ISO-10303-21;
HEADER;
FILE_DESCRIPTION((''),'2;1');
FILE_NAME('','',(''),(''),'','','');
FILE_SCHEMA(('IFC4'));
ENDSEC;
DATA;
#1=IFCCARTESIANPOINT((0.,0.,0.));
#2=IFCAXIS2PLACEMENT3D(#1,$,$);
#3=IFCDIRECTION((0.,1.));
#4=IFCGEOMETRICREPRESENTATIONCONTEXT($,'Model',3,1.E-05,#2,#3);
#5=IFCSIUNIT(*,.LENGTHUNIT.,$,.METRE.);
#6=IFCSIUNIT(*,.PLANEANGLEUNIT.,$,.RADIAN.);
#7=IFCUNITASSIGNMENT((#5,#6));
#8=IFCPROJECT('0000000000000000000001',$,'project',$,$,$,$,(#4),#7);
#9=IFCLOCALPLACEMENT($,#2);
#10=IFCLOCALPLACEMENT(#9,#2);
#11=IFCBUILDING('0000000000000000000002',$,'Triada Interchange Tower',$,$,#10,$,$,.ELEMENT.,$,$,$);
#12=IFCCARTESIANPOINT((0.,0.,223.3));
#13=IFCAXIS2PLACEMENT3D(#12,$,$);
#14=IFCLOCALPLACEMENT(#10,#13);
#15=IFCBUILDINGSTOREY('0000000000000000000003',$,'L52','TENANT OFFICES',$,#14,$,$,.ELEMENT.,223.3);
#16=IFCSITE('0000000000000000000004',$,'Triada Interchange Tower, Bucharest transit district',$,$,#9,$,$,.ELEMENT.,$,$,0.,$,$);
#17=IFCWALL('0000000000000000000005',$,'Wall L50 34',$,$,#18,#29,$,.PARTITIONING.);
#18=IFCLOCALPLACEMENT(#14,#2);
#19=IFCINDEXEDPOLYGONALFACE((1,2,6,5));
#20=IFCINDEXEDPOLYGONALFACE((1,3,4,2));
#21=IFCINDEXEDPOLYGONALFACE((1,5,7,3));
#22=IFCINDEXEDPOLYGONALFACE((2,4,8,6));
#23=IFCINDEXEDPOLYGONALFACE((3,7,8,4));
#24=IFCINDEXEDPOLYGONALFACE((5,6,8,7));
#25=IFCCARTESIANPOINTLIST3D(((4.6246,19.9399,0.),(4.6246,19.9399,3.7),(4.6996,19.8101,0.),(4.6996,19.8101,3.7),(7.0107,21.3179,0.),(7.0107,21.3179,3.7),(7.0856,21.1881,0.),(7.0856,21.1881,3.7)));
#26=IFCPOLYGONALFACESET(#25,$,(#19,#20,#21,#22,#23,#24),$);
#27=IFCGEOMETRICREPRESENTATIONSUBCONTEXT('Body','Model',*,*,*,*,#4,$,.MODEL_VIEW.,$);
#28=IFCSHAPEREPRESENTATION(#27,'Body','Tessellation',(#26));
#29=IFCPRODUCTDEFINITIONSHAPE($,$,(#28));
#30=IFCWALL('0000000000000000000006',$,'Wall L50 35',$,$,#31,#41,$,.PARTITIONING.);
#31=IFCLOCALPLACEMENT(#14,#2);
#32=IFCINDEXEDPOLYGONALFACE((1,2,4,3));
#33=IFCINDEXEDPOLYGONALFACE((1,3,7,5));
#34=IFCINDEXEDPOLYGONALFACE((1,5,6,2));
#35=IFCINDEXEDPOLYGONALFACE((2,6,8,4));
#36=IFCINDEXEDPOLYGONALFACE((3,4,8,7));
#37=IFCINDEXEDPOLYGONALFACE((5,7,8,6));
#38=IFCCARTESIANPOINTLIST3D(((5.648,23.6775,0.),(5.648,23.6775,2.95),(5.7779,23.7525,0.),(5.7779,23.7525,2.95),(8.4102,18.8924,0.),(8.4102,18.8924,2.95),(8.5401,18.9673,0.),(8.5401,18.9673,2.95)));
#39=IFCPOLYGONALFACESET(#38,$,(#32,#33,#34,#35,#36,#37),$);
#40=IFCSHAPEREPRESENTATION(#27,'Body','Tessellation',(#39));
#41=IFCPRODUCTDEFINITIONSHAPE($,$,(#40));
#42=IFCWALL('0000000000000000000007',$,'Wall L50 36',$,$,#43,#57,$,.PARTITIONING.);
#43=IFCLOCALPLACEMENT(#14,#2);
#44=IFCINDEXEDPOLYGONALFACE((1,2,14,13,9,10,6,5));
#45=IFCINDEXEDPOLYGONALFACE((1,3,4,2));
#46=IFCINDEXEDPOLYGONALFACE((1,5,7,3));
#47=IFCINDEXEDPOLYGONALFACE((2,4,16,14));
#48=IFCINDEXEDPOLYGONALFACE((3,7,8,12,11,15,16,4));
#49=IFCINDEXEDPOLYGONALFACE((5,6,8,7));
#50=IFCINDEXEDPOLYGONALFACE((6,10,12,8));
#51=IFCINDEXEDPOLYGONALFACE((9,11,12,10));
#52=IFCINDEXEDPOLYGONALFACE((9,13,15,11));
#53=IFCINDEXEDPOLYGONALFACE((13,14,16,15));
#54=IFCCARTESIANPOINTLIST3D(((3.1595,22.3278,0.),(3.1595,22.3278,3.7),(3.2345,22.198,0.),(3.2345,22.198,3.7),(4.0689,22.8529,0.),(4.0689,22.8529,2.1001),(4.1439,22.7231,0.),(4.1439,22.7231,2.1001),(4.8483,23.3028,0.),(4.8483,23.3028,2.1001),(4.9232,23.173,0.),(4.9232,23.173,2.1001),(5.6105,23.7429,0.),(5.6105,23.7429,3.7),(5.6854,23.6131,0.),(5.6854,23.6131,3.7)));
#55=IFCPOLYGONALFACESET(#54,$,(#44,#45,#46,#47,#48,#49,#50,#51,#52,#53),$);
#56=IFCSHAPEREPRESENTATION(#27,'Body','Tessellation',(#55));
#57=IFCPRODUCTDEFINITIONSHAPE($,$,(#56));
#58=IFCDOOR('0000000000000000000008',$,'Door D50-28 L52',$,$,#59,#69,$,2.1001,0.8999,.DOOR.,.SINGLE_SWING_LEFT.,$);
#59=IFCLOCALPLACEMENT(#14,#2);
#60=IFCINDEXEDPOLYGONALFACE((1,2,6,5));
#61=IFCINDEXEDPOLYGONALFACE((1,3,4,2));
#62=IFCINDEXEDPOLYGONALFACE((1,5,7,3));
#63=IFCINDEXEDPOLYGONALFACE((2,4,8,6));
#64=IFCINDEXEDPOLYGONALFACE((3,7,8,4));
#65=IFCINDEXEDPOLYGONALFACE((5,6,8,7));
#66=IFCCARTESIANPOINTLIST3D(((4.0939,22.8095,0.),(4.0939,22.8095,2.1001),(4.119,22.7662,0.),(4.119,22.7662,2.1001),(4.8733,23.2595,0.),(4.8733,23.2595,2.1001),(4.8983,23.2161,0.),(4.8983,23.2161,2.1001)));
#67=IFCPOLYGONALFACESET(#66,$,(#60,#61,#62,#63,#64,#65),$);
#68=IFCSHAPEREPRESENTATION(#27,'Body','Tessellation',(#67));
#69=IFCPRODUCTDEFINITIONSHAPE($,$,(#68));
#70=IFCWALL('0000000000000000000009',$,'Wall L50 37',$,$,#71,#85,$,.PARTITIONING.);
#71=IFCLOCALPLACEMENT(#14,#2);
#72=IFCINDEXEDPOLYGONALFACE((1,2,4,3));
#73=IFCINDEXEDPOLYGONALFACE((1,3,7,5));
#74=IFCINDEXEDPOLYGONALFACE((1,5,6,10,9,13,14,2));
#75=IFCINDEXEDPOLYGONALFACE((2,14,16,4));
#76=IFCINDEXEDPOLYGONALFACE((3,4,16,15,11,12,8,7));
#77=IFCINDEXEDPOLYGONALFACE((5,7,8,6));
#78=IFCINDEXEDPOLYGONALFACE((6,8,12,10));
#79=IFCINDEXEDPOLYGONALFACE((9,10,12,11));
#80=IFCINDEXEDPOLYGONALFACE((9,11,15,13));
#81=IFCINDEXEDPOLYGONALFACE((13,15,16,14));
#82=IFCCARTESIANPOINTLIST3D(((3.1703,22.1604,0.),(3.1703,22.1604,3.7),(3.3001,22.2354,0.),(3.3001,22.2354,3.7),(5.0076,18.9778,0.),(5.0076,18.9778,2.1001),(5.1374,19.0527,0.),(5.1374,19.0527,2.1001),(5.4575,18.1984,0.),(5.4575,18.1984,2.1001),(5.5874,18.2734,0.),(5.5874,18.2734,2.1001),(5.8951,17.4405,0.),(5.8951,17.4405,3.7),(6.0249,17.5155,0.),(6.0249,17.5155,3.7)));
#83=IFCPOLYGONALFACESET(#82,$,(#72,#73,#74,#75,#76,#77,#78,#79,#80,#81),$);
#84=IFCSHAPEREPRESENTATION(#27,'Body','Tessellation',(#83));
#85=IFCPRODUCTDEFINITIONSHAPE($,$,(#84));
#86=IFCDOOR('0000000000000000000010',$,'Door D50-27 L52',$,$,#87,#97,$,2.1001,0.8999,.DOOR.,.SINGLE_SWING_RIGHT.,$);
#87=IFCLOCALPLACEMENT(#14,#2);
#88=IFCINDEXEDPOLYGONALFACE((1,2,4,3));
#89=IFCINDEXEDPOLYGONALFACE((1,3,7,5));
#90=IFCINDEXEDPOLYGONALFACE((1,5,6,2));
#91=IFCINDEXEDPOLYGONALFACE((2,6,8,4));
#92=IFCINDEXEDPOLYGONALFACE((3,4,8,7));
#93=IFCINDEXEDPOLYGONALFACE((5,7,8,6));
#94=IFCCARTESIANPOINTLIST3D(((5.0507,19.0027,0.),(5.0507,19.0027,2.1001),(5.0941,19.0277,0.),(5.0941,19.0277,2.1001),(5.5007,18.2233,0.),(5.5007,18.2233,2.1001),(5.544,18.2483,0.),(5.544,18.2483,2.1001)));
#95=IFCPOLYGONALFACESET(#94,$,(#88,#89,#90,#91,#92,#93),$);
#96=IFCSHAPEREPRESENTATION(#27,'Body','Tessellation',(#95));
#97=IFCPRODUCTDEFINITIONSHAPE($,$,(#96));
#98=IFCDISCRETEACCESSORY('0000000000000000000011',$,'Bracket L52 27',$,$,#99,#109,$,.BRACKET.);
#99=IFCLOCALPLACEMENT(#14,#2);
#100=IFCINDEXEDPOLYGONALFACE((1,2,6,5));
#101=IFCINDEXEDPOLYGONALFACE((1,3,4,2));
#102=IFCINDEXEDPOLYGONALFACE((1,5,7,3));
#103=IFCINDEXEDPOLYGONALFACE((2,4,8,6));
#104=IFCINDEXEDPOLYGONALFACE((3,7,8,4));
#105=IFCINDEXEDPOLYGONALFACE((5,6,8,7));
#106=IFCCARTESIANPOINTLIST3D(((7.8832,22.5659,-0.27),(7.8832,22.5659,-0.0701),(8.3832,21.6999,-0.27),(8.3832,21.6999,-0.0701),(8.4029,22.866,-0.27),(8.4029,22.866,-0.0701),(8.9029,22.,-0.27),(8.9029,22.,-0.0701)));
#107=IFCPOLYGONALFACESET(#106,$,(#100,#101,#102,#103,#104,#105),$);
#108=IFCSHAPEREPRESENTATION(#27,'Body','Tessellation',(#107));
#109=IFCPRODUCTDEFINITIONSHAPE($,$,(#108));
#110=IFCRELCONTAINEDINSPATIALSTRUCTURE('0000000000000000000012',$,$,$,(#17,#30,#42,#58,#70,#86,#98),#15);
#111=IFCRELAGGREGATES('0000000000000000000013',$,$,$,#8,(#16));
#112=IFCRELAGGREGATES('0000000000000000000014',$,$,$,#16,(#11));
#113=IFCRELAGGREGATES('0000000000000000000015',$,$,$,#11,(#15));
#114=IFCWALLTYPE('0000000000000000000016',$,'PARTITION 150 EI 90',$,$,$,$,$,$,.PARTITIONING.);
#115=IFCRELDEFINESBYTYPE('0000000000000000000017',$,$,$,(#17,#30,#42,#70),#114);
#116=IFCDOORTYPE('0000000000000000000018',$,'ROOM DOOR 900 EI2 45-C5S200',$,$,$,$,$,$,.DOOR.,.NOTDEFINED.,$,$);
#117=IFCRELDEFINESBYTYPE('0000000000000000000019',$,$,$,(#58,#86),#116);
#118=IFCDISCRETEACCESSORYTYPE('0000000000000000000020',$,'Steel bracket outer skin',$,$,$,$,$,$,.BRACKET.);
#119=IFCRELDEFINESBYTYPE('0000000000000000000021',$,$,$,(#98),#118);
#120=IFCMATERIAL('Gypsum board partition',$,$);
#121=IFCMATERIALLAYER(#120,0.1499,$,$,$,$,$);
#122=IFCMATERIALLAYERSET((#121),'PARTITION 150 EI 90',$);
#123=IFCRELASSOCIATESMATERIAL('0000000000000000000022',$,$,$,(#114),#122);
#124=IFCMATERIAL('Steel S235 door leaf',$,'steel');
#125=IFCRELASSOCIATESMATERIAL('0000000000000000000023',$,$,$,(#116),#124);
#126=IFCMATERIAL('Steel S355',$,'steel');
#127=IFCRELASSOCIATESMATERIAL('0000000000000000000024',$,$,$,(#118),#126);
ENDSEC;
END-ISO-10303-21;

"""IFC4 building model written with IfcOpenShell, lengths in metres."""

from ifc_helpers import new_model, si_unit, direction, frame, frame_2d, origin, origin_2d, place, context, subcontext, project, spatial, rectangle, extrude, material, layer, layer_set, type_object, element, fill, save


model = new_model("IFC4")

# Units and contexts
model_context = context("Model", 3, precision=1e-05, world=origin(), true_north=direction((0.0, 1.0)))
body_context = subcontext(model_context, "Body", "Model", "MODEL_VIEW")
ifc_project = project(units=[si_unit("LENGTHUNIT", "METRE"), si_unit("PLANEANGLEUNIT", "RADIAN")], contexts=[model_context])

# Site, building, storey
site_placement = place(None, origin())
site = spatial("IfcSite", under=ifc_project, at=site_placement, Name="Triada Interchange Tower, Bucharest transit district", CompositionType="ELEMENT", RefElevation=0.0)
building_placement = place(site_placement, origin())
building = spatial("IfcBuilding", under=site, at=building_placement, Name="Triada Interchange Tower", CompositionType="ELEMENT")
storey_placement = place(building_placement, frame((0.0, 0.0, 223.3)))
storey = spatial("IfcBuildingStorey", under=building, at=storey_placement, Name="L52", Description="TENANT OFFICES", CompositionType="ELEMENT", Elevation=223.3)

# Shared definitions
ifc_material_1 = material(Name="Gypsum board partition")
ifc_material_2 = material(Name="Steel S235 door leaf", Category="steel")

# Walls
ifc_layer_1 = layer(ifc_material_1, 0.1499)
ifc_layer_set_1 = layer_set([ifc_layer_1], Name="PARTITION 150 EI 90")
wall_type_1 = type_object("IfcWallType", Name="PARTITION 150 EI 90", PredefinedType="PARTITIONING", material=ifc_layer_set_1)
wall_1_placement = place(storey_placement, frame((4.6621, 19.875, 0.0), z_axis=(0.0, 0.0, 1.0), x_axis=(0.865966, 0.500103, 0.0)))
element("IfcWall", 1, at=wall_1_placement, inside=storey, type_object=wall_type_1, Name="Wall L50 34", PredefinedType="PARTITIONING", context=body_context, shape_type="SweptSolid", body=[
    extrude(rectangle(XDim=2.7554, YDim=0.1499, at=frame_2d((1.3777, 0.0))), origin(), (0.0, 0.0, 1.0), 3.7),
])
wall_2_placement = place(storey_placement, frame((5.7129, 23.7151, 0.0), z_axis=(0.0, 0.0, 1.0), x_axis=(0.499932, -0.866065, 0.0)))
element("IfcWall", 2, at=wall_2_placement, inside=storey, type_object=wall_type_1, Name="Wall L50 35", PredefinedType="PARTITIONING", context=body_context, shape_type="SweptSolid", body=[
    extrude(rectangle(XDim=5.5251, YDim=0.1499, at=frame_2d((2.7627, 0.0))), origin(), (0.0, 0.0, 1.0), 2.95),
])

# Walls, openings, doors
wall_3_placement = place(storey_placement, frame((3.197, 22.2629, 0.0), z_axis=(0.0, 0.0, 1.0), x_axis=(0.866026, 0.499999, 0.0)))
wall_3 = element("IfcWall", 3, at=wall_3_placement, inside=storey, type_object=wall_type_1, Name="Wall L50 36", PredefinedType="PARTITIONING", context=body_context, shape_type="SweptSolid", body=[
    extrude(rectangle(XDim=2.8301, YDim=0.1499, at=frame_2d((1.415, 0.0))), origin(), (0.0, 0.0, 1.0), 3.7),
])
opening_1_placement = place(wall_3_placement, frame((1.05, 0.0, 0.0)))
opening_1 = element("IfcOpeningElement", 4, at=opening_1_placement, cuts=wall_3, PredefinedType="OPENING", context=body_context, shape_type="SweptSolid", body=[
    extrude(rectangle(XDim=0.8999, YDim=2.1001, at=frame_2d((0.45, 1.05))), frame((0.0, 0.085, 0.0), z_axis=(0.0, -1.0, 0.0), x_axis=(1.0, 0.0, 0.0)), (0.0, 0.0, 1.0), 0.1699),
])
door_type_1 = type_object("IfcDoorType", Name="ROOM DOOR 900 EI2 45-C5S200", OperationType="NOTDEFINED", PredefinedType="DOOR", material=ifc_material_2)
door_1_placement = place(opening_1_placement, origin())
door_1 = element("IfcDoor", 5, at=door_1_placement, inside=storey, type_object=door_type_1, Name="Door D50-28 L52", OperationType="SINGLE_SWING_LEFT", OverallHeight=2.1001, OverallWidth=0.8999, PredefinedType="DOOR", context=body_context, shape_type="SweptSolid", body=[
    extrude(rectangle(XDim=0.8999, YDim=2.1001, at=frame_2d((0.45, 1.05))), frame((0.0, 0.0249, 0.0), z_axis=(0.0, -1.0, 0.0), x_axis=(1.0, 0.0, 0.0)), (0.0, 0.0, 1.0), 0.05),
])
fill(opening_1, door_1)
wall_4_placement = place(storey_placement, frame((3.2351, 22.198, 0.0), z_axis=(0.0, 0.0, 1.0), x_axis=(0.499969, -0.866043, 0.0)))
wall_4 = element("IfcWall", 6, at=wall_4_placement, inside=storey, type_object=wall_type_1, Name="Wall L50 37", PredefinedType="PARTITIONING", context=body_context, shape_type="SweptSolid", body=[
    extrude(rectangle(XDim=5.45, YDim=0.1499, at=frame_2d((2.7251, 0.0))), origin(), (0.0, 0.0, 1.0), 3.7),
])
opening_2_placement = place(wall_4_placement, frame((3.675, 0.0, 0.0)))
opening_2 = element("IfcOpeningElement", 7, at=opening_2_placement, cuts=wall_4, PredefinedType="OPENING", context=body_context, shape_type="SweptSolid", body=[
    extrude(rectangle(XDim=0.8999, YDim=2.1001, at=frame_2d((0.45, 1.05))), frame((0.0, 0.085, 0.0), z_axis=(0.0, -1.0, 0.0), x_axis=(1.0, 0.0, 0.0)), (0.0, 0.0, 1.0), 0.1699),
])
door_2_placement = place(opening_2_placement, origin())
door_2 = element("IfcDoor", 8, at=door_2_placement, inside=storey, type_object=door_type_1, Name="Door D50-27 L52", OperationType="SINGLE_SWING_RIGHT", OverallHeight=2.1001, OverallWidth=0.8999, PredefinedType="DOOR", context=body_context, shape_type="SweptSolid", body=[
    extrude(rectangle(XDim=0.8999, YDim=2.1001, at=frame_2d((0.45, 1.05))), frame((0.0, 0.0249, 0.0), z_axis=(0.0, -1.0, 0.0), x_axis=(1.0, 0.0, 0.0)), (0.0, 0.0, 1.0), 0.05),
])
fill(opening_2, door_2)

# Discrete accessory
ifc_material_3 = material(Name="Steel S355", Category="steel")
discrete_accessory_type = type_object("IfcDiscreteAccessoryType", Name="Steel bracket outer skin", PredefinedType="BRACKET", material=ifc_material_3)
discrete_accessory_placement = place(storey_placement, frame((8.3931, 22.283, -0.27), z_axis=(0.0, 0.0, 1.0), x_axis=(0.866025, 0.500001, 0.0)))
element("IfcDiscreteAccessory", 9, at=discrete_accessory_placement, inside=storey, type_object=discrete_accessory_type, Name="Bracket L52 27", PredefinedType="BRACKET", context=body_context, shape_type="SweptSolid", body=[
    extrude(rectangle(XDim=0.6001, YDim=1.0, at=origin_2d()), origin(), (0.0, 0.0, 1.0), 0.2),
])

save(model, "model.ifc")
